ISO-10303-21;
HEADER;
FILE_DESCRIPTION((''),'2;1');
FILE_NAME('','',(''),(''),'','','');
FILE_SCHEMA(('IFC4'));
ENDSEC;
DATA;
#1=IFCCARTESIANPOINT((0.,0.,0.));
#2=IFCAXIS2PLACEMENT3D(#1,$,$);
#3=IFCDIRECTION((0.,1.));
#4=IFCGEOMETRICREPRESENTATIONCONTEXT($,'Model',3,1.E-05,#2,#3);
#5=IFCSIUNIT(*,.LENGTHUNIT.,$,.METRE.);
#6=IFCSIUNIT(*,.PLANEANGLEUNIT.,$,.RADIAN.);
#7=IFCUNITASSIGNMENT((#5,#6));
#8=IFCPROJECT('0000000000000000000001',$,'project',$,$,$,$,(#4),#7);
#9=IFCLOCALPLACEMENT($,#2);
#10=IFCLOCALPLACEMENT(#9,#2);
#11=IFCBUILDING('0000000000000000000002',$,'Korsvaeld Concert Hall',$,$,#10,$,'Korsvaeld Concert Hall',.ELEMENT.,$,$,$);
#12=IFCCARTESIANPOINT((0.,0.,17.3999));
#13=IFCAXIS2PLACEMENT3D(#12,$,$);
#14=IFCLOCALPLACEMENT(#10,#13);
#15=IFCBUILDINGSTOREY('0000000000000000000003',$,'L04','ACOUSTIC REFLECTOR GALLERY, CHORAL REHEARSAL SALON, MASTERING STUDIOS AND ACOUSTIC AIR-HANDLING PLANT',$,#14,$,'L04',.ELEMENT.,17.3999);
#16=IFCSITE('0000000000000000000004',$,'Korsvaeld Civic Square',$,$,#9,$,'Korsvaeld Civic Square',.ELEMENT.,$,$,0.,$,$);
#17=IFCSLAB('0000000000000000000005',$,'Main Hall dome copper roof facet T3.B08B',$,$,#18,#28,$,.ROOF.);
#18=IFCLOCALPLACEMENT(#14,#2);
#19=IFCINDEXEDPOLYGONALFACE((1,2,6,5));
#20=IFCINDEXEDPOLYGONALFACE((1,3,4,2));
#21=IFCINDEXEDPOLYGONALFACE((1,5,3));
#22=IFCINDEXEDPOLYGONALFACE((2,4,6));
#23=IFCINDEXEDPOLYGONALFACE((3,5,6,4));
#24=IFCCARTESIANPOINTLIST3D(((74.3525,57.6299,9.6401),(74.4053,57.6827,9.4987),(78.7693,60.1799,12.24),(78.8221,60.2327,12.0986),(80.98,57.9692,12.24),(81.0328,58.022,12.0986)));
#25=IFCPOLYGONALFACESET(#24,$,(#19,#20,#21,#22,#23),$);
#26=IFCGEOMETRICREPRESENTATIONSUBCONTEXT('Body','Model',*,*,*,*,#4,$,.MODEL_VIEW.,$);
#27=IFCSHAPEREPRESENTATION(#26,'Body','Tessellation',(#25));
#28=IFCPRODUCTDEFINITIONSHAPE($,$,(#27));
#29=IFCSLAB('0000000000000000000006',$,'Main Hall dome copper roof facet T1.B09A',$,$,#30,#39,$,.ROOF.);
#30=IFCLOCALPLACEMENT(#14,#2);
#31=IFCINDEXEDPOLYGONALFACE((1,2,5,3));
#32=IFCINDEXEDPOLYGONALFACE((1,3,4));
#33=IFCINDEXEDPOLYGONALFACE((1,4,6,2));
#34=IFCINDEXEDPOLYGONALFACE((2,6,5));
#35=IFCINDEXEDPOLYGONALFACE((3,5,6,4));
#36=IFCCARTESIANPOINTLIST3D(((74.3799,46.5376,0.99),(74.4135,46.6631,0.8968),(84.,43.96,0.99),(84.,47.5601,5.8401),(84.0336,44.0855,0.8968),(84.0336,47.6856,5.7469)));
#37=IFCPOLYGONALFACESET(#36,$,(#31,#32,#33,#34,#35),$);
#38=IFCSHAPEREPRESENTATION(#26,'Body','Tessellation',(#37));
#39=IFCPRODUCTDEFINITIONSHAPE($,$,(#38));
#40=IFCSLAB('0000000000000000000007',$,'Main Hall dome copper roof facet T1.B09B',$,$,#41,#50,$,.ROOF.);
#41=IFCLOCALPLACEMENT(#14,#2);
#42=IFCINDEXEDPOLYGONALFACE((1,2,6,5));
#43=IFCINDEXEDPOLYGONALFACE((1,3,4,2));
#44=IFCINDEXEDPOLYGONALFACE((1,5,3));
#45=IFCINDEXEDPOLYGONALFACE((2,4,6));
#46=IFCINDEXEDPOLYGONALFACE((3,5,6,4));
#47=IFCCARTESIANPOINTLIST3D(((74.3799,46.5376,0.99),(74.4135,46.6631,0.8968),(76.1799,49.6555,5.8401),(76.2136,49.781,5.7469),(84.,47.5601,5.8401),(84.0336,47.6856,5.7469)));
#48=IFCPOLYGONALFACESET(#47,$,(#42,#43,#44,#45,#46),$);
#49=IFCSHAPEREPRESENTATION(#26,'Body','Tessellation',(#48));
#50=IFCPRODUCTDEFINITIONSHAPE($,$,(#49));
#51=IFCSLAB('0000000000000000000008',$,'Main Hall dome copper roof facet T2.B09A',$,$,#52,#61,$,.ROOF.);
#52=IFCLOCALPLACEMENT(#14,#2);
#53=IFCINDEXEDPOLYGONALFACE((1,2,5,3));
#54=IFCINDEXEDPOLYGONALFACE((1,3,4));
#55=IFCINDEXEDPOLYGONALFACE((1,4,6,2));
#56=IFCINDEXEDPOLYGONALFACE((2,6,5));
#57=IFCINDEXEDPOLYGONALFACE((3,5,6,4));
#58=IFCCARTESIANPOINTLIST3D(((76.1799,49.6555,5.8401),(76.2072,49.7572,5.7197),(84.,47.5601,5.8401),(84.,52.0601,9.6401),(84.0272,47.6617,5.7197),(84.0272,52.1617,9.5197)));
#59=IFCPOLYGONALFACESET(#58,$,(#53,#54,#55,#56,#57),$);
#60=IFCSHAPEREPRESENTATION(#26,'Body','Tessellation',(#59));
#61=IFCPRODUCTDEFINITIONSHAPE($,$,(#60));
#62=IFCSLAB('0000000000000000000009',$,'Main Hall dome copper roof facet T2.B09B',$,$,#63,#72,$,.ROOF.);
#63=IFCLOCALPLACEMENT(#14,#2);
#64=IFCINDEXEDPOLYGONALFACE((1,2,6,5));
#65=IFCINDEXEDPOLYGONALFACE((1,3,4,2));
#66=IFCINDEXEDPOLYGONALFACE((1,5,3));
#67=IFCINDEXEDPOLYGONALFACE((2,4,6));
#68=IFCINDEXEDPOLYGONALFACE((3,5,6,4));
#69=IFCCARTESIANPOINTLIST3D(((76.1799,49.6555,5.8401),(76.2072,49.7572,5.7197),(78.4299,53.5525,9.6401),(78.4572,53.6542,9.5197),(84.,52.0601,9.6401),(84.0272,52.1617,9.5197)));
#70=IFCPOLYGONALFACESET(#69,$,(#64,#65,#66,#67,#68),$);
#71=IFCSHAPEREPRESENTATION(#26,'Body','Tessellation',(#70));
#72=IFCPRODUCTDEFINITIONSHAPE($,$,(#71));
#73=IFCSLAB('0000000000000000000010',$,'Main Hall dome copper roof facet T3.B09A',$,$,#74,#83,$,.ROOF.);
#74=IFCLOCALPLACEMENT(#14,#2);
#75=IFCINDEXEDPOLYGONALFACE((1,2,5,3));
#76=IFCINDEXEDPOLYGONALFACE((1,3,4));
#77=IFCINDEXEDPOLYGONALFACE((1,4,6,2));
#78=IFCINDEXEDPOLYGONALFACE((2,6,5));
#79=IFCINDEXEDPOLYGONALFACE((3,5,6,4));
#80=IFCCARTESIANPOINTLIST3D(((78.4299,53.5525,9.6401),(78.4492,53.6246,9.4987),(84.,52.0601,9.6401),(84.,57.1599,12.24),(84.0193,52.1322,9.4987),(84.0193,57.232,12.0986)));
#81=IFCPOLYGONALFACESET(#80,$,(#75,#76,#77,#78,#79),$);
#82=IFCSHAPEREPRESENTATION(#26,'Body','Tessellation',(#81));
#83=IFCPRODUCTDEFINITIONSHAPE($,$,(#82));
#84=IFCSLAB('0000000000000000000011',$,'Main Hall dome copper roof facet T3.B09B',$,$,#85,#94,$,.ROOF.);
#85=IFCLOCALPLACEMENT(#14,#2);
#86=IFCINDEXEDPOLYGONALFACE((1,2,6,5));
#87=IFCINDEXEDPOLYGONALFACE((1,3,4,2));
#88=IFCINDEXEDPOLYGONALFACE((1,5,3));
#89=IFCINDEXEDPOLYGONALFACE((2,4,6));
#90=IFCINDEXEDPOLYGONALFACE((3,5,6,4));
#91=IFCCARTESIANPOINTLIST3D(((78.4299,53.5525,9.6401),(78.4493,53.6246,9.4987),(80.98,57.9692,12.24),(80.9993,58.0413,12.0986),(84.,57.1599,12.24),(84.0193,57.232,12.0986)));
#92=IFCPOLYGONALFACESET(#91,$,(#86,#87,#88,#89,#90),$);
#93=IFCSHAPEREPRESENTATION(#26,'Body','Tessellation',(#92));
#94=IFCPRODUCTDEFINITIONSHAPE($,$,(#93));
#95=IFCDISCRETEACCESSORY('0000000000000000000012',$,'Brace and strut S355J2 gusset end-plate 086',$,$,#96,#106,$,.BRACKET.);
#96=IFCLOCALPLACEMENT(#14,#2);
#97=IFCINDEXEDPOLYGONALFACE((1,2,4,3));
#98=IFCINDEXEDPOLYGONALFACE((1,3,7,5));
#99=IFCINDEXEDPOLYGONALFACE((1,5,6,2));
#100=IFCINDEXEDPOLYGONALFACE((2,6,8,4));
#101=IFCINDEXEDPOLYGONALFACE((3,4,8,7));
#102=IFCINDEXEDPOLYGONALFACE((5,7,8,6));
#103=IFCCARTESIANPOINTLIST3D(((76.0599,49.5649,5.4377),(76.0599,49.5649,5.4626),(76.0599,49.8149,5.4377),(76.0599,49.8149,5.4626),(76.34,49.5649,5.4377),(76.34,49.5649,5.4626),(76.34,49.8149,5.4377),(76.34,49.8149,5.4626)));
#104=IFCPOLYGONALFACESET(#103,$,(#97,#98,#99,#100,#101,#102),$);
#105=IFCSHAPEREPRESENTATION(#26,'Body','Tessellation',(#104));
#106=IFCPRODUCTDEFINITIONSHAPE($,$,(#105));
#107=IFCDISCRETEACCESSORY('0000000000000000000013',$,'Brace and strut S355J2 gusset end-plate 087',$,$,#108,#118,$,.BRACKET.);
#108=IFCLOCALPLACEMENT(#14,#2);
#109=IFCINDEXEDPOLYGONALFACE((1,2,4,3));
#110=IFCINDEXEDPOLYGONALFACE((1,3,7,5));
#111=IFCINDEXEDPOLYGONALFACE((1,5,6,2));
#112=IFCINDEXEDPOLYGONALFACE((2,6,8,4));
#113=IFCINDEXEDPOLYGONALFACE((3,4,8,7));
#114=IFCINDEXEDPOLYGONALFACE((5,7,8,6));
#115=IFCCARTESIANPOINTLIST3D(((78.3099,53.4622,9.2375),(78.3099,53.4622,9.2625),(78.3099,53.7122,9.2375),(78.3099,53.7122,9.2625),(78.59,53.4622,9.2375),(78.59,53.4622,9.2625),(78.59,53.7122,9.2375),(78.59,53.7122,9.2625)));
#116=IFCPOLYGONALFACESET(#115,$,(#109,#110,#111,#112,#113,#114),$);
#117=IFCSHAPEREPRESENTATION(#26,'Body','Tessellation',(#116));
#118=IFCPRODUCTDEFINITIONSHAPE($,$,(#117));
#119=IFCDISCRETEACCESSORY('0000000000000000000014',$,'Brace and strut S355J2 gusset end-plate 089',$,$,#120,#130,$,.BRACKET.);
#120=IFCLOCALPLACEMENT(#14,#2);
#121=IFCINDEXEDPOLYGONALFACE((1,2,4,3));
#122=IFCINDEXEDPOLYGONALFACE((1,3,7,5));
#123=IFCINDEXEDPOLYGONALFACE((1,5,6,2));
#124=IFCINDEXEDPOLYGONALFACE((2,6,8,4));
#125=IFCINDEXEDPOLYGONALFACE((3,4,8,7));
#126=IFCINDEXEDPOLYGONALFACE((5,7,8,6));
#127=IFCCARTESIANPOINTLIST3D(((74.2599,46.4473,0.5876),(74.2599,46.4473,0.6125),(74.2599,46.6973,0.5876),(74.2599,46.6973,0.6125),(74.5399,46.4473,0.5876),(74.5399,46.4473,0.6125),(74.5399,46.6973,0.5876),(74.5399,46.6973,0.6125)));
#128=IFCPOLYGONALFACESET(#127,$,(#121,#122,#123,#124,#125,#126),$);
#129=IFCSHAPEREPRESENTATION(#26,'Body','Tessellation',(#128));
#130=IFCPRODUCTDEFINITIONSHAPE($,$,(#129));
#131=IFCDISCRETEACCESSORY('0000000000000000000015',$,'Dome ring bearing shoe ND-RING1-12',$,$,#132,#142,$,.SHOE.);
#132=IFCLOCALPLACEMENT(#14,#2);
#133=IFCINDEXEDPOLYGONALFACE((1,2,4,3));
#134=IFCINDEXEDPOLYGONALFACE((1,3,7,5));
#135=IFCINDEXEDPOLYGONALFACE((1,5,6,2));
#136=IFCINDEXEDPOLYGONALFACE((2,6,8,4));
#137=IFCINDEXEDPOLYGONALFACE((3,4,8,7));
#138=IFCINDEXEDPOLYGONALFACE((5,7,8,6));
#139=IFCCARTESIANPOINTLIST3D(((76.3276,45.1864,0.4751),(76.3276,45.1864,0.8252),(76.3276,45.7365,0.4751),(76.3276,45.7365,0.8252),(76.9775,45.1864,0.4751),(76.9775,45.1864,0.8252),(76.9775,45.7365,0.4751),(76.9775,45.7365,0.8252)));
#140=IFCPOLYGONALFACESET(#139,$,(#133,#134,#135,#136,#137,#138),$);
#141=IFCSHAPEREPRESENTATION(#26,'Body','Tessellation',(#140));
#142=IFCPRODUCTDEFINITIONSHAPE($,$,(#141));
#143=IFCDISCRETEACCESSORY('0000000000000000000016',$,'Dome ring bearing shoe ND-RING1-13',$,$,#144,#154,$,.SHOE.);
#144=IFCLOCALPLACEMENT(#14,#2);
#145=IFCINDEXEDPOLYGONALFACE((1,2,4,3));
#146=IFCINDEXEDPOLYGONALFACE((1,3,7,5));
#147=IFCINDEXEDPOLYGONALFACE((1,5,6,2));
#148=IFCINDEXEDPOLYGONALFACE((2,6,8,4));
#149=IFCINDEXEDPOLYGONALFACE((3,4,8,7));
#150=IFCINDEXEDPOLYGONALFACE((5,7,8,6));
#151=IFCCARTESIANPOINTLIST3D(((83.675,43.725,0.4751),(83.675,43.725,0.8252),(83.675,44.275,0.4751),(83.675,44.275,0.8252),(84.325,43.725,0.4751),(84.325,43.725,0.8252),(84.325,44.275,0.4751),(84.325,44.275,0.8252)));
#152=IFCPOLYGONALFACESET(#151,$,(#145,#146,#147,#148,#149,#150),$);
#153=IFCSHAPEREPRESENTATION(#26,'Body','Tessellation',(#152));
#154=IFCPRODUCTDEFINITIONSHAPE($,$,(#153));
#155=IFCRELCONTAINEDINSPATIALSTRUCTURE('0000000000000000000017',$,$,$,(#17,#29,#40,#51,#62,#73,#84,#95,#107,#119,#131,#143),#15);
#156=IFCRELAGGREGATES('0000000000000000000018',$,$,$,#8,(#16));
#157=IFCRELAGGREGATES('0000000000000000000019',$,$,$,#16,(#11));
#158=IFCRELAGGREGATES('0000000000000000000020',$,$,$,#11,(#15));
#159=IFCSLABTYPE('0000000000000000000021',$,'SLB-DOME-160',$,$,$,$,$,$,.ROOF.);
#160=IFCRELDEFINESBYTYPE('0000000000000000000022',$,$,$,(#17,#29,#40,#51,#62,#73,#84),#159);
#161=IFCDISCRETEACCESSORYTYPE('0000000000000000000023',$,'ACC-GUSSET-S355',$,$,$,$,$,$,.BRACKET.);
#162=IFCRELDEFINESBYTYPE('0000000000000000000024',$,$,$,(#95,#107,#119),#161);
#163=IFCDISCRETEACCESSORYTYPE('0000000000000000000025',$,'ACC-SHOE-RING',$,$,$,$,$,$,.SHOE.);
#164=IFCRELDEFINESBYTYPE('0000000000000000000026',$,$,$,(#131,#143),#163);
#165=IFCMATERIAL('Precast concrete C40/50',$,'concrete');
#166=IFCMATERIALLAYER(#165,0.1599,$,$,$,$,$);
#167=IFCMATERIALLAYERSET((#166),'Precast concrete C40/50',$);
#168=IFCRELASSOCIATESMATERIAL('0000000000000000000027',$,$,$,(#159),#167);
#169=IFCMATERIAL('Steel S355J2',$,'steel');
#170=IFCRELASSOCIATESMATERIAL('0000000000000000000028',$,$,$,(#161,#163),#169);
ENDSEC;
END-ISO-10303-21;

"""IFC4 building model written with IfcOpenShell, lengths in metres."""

from ifc_helpers import new_model, si_unit, direction, frame, origin, origin_2d, place, context, subcontext, project, spatial, polyline, rectangle, outline, extrude, material, layer, layer_set, type_object, element, save


model = new_model("IFC4")

# Units and contexts
model_context = context("Model", 3, precision=1e-05, world=origin(), true_north=direction((0.0, 1.0)))
body_context = subcontext(model_context, "Body", "Model", "MODEL_VIEW")
ifc_project = project(units=[si_unit("LENGTHUNIT", "METRE"), si_unit("PLANEANGLEUNIT", "RADIAN")], contexts=[model_context])

# Site, building, storey
site_placement = place(None, origin())
site = spatial("IfcSite", under=ifc_project, at=site_placement, Name="Korsvaeld Civic Square", LongName="Korsvaeld Civic Square", CompositionType="ELEMENT", RefElevation=0.0)
building_placement = place(site_placement, origin())
building = spatial("IfcBuilding", under=site, at=building_placement, Name="Korsvaeld Concert Hall", LongName="Korsvaeld Concert Hall", CompositionType="ELEMENT")
storey_placement = place(building_placement, frame((0.0, 0.0, 17.3999)))
storey = spatial("IfcBuildingStorey", under=building, at=storey_placement, Name="L04", Description="ACOUSTIC REFLECTOR GALLERY, CHORAL REHEARSAL SALON, MASTERING STUDIOS AND ACOUSTIC AIR-HANDLING PLANT", LongName="L04", CompositionType="ELEMENT", Elevation=17.3999)

# Shared definitions
ifc_material_1 = material(Name="Steel S355J2", Category="steel")

# Slabs
ifc_material_2 = material(Name="Precast concrete C40/50", Category="concrete")
ifc_layer = layer(ifc_material_2, 0.1599)
ifc_layer_set = layer_set([ifc_layer], Name="Precast concrete C40/50")
slab_type = type_object("IfcSlabType", Name="SLB-DOME-160", PredefinedType="ROOF", material=ifc_layer_set)
slab_1_placement = place(storey_placement, frame((74.3525, 57.6299, 9.6401), z_axis=(-0.330036, -0.330036, 0.884394), x_axis=(0.929876, 0.047614, 0.364778)))
element("IfcSlab", 1, at=slab_1_placement, inside=storey, type_object=slab_type, Name="Main Hall dome copper roof facet T3.B08B", PredefinedType="ROOF", context=body_context, shape_type="SweptSolid", body=[
    extrude(outline(polyline([(0.0, 0.0), (7.1272, 0.0), (5.1768, 2.4434), (0.0, 0.0)])), origin(), (0.0, 0.0, -1.0), 0.1599),
])
slab_2_placement = place(storey_placement, frame((74.3799, 46.5376, 0.99), z_axis=(-0.210336, -0.785005, 0.582688), x_axis=(0.965927, -0.258813, 0.0)))
element("IfcSlab", 2, at=slab_2_placement, inside=storey, type_object=slab_type, Name="Main Hall dome copper roof facet T1.B09A", PredefinedType="ROOF", context=body_context, shape_type="SweptSolid", body=[
    extrude(outline(polyline([(0.0, 0.0), (9.9595, 0.0), (9.0277, 5.9679), (0.0, 0.0)])), origin(), (0.0, 0.0, -1.0), 0.1599),
])
slab_3_placement = place(storey_placement, frame((74.3799, 46.5376, 0.99), z_axis=(-0.210346, -0.784991, 0.582704), x_axis=(0.888941, 0.09448, 0.44817)))
element("IfcSlab", 3, at=slab_3_placement, inside=storey, type_object=slab_type, Name="Main Hall dome copper roof facet T1.B09B", PredefinedType="ROOF", context=body_context, shape_type="SweptSolid", body=[
    extrude(outline(polyline([(0.0, 0.0), (10.822, 0.0), (4.0684, 4.4647), (0.0, 0.0)])), origin(), (0.0, 0.0, -1.0), 0.1599),
])
slab_4_placement = place(storey_placement, frame((76.1799, 49.6555, 5.8401), z_axis=(-0.170356, -0.635755, 0.752858), x_axis=(0.965923, -0.258828, 0.0)))
element("IfcSlab", 4, at=slab_4_placement, inside=storey, type_object=slab_type, Name="Main Hall dome copper roof facet T2.B09A", PredefinedType="ROOF", context=body_context, shape_type="SweptSolid", body=[
    extrude(outline(polyline([(0.0, 0.0), (8.096, 0.0), (6.9312, 5.7735), (0.0, 0.0)])), origin(), (0.0, 0.0, -1.0), 0.1599),
])
slab_5_placement = place(storey_placement, frame((76.1799, 49.6555, 5.8401), z_axis=(-0.170347, -0.63577, 0.752847), x_axis=(0.866889, 0.266554, 0.421252)))
element("IfcSlab", 5, at=slab_5_placement, inside=storey, type_object=slab_type, Name="Main Hall dome copper roof facet T2.B09B", PredefinedType="ROOF", context=body_context, shape_type="SweptSolid", body=[
    extrude(outline(polyline([(0.0, 0.0), (9.0208, 0.0), (4.59, 3.6906), (0.0, 0.0)])), origin(), (0.0, 0.0, -1.0), 0.1599),
])
slab_6_placement = place(storey_placement, frame((78.4299, 53.5525, 9.6401), z_axis=(-0.1208, -0.450851, 0.884387), x_axis=(0.965929, -0.258809, 0.0)))
element("IfcSlab", 6, at=slab_6_placement, inside=storey, type_object=slab_type, Name="Main Hall dome copper roof facet T3.B09A", PredefinedType="ROOF", context=body_context, shape_type="SweptSolid", body=[
    extrude(outline(polyline([(0.0, 0.0), (5.7665, 0.0), (4.4467, 5.5701), (0.0, 0.0)])), origin(), (0.0, 0.0, -1.0), 0.1599),
])
slab_7_placement = place(storey_placement, frame((78.4299, 53.5525, 9.6401), z_axis=(-0.120817, -0.450831, 0.884395), x_axis=(0.781512, 0.506142, 0.364774)))
element("IfcSlab", 7, at=slab_7_placement, inside=storey, type_object=slab_type, Name="Main Hall dome copper roof facet T3.B09B", PredefinedType="ROOF", context=body_context, shape_type="SweptSolid", body=[
    extrude(outline(polyline([(0.0, 0.0), (7.1273, 0.0), (5.1768, 2.4435), (0.0, 0.0)])), origin(), (0.0, 0.0, -1.0), 0.1599),
])

# Discrete accessories
discrete_accessory_type_1 = type_object("IfcDiscreteAccessoryType", Name="ACC-GUSSET-S355", PredefinedType="BRACKET", material=ifc_material_1)
for number, where, z_axis, x_axis, name in (
    (8, (76.2, 49.6899, 5.4377), (0.0, 0.0, 1.0), (1.0, 0.0, 0.0), "Brace and strut S355J2 gusset end-plate 086"),
    (9, (78.45, 53.5872, 9.2375), (0.0, 0.0, 1.0), (1.0, 0.0, 0.0), "Brace and strut S355J2 gusset end-plate 087"),
    (10, (74.3999, 46.5723, 0.5876), (0.0, 0.0, 1.0), (1.0, 0.0, 0.0), "Brace and strut S355J2 gusset end-plate 089"),
):
    element("IfcDiscreteAccessory", number, at=place(storey_placement, frame(where, z_axis=z_axis, x_axis=x_axis)), inside=storey, type_object=discrete_accessory_type_1, Name=name, PredefinedType="BRACKET", context=body_context, shape_type="SweptSolid", body=[
        extrude(rectangle(XDim=0.28, YDim=0.25, at=origin_2d()), origin(), (0.0, 0.0, 1.0), 0.0249),
    ])
discrete_accessory_type_2 = type_object("IfcDiscreteAccessoryType", Name="ACC-SHOE-RING", PredefinedType="SHOE", material=ifc_material_1)
for number, where, z_axis, x_axis, name in (
    (11, (76.6526, 45.4614, 0.4751), (0.0, 0.0, 1.0), (1.0, 0.0, 0.0), "Dome ring bearing shoe ND-RING1-12"),
    (12, (84.0, 44.0, 0.4751), (0.0, 0.0, 1.0), (1.0, 0.0, 0.0), "Dome ring bearing shoe ND-RING1-13"),
):
    element("IfcDiscreteAccessory", number, at=place(storey_placement, frame(where, z_axis=z_axis, x_axis=x_axis)), inside=storey, type_object=discrete_accessory_type_2, Name=name, PredefinedType="SHOE", context=body_context, shape_type="SweptSolid", body=[
        extrude(rectangle(XDim=0.6499, YDim=0.55, at=origin_2d()), origin(), (0.0, 0.0, 1.0), 0.3501),
    ])

save(model, "model.ifc")
